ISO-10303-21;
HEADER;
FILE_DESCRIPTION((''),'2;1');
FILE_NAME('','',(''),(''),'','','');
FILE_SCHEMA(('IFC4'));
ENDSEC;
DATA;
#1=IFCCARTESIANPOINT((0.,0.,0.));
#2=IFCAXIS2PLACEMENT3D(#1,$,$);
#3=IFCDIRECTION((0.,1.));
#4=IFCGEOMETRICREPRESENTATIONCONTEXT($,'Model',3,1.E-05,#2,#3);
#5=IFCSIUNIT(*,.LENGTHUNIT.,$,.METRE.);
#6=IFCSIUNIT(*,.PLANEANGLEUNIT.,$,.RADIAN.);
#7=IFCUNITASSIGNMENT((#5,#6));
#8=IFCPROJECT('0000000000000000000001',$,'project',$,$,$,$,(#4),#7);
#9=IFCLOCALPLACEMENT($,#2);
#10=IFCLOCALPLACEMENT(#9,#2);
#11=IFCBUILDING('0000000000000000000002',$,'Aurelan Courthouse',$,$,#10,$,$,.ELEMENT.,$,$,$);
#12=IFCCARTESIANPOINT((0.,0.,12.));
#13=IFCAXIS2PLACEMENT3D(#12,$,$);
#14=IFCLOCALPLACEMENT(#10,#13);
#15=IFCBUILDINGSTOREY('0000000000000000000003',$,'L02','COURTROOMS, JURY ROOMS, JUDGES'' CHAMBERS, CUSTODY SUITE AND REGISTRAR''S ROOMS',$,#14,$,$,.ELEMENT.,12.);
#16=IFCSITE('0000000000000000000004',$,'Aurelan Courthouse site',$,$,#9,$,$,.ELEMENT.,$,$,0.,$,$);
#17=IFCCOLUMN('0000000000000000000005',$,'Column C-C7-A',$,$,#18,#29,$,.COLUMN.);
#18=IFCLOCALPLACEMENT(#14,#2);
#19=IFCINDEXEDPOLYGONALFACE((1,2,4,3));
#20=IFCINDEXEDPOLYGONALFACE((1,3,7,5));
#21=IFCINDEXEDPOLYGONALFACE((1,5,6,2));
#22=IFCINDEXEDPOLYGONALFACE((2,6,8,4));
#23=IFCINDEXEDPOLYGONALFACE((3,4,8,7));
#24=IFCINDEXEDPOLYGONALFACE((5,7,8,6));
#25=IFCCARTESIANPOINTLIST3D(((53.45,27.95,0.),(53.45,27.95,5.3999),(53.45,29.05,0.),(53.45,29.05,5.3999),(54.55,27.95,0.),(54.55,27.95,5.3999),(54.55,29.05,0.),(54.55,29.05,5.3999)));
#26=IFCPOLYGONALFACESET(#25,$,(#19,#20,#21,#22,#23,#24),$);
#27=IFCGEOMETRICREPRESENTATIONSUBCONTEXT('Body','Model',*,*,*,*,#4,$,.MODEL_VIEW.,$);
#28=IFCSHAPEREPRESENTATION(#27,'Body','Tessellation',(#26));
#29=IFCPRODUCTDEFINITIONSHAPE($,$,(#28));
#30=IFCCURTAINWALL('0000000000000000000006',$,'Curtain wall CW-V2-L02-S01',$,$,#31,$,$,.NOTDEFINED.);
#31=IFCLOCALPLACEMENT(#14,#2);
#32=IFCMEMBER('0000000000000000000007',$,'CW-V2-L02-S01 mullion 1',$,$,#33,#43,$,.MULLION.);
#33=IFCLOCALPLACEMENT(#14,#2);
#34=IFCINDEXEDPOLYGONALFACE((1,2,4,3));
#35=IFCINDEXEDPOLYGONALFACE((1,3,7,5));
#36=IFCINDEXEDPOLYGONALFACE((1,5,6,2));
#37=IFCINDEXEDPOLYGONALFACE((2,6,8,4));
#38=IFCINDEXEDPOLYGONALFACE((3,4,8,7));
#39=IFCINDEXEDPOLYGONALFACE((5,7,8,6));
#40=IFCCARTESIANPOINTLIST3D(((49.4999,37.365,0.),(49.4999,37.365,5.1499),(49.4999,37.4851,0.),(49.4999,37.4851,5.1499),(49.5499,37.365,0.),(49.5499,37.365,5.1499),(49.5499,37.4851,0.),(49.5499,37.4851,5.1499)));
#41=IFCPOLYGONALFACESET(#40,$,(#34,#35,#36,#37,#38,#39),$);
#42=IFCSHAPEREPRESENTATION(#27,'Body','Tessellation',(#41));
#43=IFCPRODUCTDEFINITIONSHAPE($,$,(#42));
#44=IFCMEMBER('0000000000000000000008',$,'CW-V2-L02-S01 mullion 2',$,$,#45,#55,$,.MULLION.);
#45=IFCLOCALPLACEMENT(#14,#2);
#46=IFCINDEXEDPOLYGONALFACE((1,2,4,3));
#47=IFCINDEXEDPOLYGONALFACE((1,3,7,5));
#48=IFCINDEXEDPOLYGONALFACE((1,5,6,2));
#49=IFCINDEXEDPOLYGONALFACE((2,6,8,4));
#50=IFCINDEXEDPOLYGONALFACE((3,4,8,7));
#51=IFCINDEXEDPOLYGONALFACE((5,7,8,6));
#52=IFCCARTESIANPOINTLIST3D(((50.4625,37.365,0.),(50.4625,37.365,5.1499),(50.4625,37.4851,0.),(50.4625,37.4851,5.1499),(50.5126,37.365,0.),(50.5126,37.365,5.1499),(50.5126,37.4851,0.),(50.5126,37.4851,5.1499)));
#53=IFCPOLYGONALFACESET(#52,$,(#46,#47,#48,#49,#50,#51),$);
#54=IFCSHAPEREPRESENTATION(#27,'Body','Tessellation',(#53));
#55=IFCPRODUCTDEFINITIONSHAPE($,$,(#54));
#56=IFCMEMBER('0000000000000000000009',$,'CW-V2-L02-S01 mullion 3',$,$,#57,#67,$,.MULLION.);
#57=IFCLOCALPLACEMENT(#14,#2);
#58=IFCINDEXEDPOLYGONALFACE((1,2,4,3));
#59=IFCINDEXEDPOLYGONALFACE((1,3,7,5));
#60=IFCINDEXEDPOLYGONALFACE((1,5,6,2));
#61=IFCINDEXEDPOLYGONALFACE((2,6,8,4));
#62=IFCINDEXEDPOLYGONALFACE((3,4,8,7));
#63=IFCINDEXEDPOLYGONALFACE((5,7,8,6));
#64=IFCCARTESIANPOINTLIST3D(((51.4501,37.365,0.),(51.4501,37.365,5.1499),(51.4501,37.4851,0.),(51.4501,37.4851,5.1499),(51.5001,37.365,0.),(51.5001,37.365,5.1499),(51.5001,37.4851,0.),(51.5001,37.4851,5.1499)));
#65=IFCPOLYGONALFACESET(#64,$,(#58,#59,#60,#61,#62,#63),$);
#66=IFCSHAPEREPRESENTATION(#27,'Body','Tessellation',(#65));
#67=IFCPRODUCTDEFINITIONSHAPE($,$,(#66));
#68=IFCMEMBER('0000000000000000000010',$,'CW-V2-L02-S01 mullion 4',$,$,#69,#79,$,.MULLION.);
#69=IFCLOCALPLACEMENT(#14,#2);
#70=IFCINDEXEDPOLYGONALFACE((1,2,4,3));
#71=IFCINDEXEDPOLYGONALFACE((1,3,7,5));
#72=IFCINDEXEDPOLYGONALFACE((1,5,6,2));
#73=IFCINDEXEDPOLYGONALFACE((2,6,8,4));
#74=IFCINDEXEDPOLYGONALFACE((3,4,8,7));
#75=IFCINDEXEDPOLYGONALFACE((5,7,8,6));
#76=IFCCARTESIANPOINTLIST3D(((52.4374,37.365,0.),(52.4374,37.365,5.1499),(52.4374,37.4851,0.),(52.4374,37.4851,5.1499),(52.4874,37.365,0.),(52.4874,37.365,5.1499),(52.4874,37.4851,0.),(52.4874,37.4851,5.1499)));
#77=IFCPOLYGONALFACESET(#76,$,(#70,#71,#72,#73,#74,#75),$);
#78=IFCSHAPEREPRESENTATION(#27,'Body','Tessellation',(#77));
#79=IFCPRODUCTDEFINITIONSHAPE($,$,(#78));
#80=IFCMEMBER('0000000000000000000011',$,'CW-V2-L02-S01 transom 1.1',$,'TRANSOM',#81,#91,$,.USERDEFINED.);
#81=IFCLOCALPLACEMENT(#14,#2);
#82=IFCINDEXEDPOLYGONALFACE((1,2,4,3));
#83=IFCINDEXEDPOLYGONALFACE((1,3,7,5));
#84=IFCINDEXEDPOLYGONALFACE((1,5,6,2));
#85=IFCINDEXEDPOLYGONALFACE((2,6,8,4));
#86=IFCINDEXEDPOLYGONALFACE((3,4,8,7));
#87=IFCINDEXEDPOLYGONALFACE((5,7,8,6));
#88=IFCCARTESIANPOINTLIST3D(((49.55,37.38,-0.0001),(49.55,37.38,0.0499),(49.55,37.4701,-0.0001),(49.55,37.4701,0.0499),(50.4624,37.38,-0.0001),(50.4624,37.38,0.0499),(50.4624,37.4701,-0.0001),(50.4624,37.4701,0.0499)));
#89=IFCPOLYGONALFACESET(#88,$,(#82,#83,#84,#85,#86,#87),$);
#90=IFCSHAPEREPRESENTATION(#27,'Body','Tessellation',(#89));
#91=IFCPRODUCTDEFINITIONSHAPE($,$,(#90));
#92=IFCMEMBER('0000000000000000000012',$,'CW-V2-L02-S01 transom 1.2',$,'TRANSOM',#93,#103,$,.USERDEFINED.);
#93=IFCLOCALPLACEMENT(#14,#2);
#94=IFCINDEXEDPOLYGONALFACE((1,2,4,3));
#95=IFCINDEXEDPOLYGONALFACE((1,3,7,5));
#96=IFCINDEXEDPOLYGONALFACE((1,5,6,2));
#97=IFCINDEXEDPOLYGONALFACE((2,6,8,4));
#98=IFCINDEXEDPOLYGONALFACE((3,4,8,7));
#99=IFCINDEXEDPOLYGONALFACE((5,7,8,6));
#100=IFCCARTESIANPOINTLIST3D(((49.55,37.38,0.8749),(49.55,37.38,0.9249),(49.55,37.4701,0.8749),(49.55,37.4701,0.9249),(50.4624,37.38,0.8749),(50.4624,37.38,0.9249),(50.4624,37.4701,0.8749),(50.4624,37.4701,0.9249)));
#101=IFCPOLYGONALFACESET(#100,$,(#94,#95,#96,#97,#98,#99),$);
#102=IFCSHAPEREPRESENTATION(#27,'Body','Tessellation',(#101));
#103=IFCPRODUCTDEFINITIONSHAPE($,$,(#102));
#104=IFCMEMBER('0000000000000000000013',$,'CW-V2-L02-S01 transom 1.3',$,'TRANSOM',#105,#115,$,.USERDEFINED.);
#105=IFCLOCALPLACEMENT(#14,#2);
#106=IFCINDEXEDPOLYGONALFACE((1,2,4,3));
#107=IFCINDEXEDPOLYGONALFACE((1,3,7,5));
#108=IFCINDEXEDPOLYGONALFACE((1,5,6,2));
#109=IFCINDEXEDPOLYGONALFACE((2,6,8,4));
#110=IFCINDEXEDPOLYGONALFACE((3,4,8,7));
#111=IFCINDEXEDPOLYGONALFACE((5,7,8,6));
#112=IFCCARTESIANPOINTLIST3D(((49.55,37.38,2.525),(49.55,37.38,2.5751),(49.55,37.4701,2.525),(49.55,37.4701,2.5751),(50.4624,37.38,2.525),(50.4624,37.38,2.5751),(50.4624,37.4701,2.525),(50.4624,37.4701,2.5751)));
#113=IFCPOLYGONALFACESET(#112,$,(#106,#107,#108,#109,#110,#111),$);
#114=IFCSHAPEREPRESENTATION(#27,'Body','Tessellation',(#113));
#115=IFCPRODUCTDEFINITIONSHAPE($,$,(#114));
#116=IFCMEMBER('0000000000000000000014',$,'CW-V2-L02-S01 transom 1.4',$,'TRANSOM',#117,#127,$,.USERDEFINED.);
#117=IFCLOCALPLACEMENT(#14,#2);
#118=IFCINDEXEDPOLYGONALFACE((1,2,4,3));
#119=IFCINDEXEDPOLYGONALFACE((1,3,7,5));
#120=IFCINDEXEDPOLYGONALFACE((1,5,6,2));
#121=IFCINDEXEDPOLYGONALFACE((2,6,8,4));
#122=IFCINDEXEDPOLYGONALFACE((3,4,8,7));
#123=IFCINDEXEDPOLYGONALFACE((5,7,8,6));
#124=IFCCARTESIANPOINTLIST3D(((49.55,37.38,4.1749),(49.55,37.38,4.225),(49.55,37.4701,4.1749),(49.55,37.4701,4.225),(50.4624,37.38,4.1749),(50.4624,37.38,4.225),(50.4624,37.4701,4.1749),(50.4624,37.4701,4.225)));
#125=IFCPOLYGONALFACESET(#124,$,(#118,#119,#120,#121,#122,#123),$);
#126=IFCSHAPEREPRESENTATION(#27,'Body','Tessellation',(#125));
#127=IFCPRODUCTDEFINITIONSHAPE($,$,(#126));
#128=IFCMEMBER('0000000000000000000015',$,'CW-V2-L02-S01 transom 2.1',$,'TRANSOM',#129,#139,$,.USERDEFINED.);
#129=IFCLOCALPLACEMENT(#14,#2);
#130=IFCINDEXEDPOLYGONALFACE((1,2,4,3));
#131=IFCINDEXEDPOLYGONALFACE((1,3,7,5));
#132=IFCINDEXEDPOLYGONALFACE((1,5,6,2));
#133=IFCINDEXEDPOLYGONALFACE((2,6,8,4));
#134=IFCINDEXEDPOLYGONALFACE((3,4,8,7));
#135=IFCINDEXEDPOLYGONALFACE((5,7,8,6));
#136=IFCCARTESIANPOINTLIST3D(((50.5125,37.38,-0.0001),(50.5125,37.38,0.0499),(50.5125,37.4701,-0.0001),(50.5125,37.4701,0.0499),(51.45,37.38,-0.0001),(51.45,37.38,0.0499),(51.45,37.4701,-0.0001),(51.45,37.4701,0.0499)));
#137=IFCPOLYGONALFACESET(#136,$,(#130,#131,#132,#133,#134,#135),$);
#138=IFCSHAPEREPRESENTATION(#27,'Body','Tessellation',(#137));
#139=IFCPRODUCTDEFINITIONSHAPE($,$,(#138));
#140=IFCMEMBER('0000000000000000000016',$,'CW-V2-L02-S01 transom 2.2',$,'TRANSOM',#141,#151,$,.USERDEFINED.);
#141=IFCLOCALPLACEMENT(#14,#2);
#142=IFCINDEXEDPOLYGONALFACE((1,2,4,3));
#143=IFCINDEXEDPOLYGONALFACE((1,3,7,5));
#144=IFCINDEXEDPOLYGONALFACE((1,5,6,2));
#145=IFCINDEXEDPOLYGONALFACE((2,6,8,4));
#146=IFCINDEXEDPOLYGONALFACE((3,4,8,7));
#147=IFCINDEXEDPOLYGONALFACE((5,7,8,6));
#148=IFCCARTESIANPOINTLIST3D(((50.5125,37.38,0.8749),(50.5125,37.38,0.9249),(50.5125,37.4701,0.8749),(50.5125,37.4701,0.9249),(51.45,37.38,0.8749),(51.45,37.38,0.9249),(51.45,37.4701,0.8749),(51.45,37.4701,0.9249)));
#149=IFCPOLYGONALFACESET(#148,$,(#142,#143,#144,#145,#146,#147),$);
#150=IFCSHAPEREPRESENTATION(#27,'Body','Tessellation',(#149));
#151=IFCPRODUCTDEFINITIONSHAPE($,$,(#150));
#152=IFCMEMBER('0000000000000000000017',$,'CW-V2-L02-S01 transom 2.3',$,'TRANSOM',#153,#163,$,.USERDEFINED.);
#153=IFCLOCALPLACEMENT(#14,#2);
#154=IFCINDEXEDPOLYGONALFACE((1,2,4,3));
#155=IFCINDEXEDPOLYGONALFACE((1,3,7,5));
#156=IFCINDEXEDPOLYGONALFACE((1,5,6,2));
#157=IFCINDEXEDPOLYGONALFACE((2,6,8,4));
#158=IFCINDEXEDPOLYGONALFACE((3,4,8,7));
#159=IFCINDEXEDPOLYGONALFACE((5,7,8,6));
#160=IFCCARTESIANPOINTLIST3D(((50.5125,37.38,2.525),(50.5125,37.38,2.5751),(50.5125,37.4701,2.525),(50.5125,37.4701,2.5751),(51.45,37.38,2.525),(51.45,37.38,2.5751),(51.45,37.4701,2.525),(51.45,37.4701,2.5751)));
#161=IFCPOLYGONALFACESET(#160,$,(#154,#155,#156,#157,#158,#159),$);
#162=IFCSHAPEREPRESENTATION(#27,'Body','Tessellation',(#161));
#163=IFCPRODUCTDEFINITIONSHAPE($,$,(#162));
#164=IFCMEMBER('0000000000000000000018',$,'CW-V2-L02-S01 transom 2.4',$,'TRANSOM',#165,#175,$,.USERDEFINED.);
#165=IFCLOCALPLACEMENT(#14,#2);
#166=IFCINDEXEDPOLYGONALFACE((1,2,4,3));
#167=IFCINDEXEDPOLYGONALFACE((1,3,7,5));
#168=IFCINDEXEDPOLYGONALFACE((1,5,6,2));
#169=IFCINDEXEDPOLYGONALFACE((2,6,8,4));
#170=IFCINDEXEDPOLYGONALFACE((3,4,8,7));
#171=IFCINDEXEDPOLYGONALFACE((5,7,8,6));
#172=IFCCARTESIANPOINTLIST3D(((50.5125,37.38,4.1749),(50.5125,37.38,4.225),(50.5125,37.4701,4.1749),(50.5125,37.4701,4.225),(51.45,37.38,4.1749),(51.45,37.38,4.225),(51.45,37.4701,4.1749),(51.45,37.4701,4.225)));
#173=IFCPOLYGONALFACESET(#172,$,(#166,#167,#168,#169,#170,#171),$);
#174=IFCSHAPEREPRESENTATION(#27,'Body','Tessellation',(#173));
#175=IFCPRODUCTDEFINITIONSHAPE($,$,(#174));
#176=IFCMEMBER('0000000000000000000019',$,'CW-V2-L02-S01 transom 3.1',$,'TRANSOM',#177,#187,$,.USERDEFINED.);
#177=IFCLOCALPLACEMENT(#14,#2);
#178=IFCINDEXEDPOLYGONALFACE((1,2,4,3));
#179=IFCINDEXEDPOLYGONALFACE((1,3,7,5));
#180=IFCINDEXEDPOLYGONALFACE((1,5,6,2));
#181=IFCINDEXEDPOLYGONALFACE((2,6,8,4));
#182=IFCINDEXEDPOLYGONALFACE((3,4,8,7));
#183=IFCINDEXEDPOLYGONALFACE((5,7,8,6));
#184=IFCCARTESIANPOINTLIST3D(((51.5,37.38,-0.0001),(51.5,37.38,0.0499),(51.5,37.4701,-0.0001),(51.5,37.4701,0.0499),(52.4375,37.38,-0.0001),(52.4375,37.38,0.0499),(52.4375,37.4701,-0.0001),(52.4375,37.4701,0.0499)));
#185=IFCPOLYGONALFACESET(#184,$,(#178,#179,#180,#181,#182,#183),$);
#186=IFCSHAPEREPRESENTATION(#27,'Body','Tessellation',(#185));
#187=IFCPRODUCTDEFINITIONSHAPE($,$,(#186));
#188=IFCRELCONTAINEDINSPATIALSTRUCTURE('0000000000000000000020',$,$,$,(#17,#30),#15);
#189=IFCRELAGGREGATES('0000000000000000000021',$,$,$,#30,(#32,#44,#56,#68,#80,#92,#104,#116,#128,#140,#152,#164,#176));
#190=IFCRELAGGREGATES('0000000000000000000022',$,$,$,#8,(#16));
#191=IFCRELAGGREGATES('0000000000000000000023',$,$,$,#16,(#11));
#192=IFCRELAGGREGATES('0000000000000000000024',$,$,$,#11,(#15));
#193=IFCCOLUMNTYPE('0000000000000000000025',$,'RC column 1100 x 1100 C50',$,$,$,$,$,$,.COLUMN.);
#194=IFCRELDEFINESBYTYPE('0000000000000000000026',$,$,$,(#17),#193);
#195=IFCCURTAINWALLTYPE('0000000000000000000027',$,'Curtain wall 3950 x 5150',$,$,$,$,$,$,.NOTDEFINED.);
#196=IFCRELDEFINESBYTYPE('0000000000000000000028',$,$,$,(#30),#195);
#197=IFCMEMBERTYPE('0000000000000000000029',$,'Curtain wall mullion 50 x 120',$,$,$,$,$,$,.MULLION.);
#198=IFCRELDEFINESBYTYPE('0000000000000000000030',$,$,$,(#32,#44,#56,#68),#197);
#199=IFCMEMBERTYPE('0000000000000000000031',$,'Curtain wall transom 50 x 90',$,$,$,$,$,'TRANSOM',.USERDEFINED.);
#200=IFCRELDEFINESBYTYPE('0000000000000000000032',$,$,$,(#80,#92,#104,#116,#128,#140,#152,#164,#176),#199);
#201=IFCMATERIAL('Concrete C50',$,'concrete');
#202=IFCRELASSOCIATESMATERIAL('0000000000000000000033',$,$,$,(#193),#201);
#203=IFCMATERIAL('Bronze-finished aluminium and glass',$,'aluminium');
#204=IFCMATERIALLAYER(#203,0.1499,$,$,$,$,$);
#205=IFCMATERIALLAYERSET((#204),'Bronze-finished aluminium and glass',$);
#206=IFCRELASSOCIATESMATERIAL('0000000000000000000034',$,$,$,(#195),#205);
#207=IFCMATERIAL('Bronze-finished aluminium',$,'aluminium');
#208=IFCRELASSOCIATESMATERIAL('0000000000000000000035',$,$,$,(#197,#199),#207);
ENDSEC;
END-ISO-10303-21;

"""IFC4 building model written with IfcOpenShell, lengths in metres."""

from ifc_helpers import new_model, si_unit, direction, frame, origin, origin_2d, place, context, subcontext, project, spatial, rectangle, extrude, material, layer, layer_set, material_profile, profile_set, type_object, element, aggregate, save


model = new_model("IFC4")

# Units and contexts
model_context = context("Model", 3, precision=1e-05, world=origin(), true_north=direction((0.0, 1.0)))
body_context = subcontext(model_context, "Body", "Model", "MODEL_VIEW")
ifc_project = project(units=[si_unit("LENGTHUNIT", "METRE"), si_unit("PLANEANGLEUNIT", "RADIAN")], contexts=[model_context])

# Site, building, storey
site_placement = place(None, origin())
site = spatial("IfcSite", under=ifc_project, at=site_placement, Name="Aurelan Courthouse site", CompositionType="ELEMENT", RefElevation=0.0)
building_placement = place(site_placement, origin())
building = spatial("IfcBuilding", under=site, at=building_placement, Name="Aurelan Courthouse", CompositionType="ELEMENT")
storey_placement = place(building_placement, frame((0.0, 0.0, 12.0)))
storey = spatial("IfcBuildingStorey", under=building, at=storey_placement, Name="L02", Description="COURTROOMS, JURY ROOMS, JUDGES' CHAMBERS, CUSTODY SUITE AND REGISTRAR'S ROOMS", CompositionType="ELEMENT", Elevation=12.0)

# Column
ifc_material_1 = material(Name="Concrete C50", Category="concrete")
ifc_material_profile_1 = material_profile(ifc_material_1, rectangle(XDim=1.1001, YDim=1.1001, at=origin_2d()), Name="RC 1100 x 1100")
ifc_profile_set_1 = profile_set([ifc_material_profile_1], Name="Concrete C50")
column_type = type_object("IfcColumnType", Name="RC column 1100 x 1100 C50", PredefinedType="COLUMN", material=ifc_profile_set_1)
column_placement = place(storey_placement, frame((54.0, 28.5, 0.0), z_axis=(0.0, 0.0, 1.0), x_axis=(1.0, 0.0, 0.0)))
element("IfcColumn", 1, at=column_placement, inside=storey, type_object=column_type, Name="Column C-C7-A", PredefinedType="COLUMN", context=body_context, shape_type="SweptSolid", body=[
    extrude(rectangle(XDim=1.1001, YDim=1.1001, at=origin_2d()), origin(), (0.0, 0.0, 1.0), 5.3999),
])

# Curtain wall, members
ifc_material_2 = material(Name="Bronze-finished aluminium and glass", Category="aluminium")
ifc_layer_1 = layer(ifc_material_2, 0.1499)
ifc_layer_set_1 = layer_set([ifc_layer_1], Name="Bronze-finished aluminium and glass")
curtain_wall_type = type_object("IfcCurtainWallType", Name="Curtain wall 3950 x 5150", PredefinedType="NOTDEFINED", material=ifc_layer_set_1)
curtain_wall_placement = place(storey_placement, origin())
curtain_wall = element("IfcCurtainWall", 2, at=curtain_wall_placement, inside=storey, type_object=curtain_wall_type, Name="Curtain wall CW-V2-L02-S01", PredefinedType="NOTDEFINED")
ifc_material_3 = material(Name="Bronze-finished aluminium", Category="aluminium")
ifc_material_profile_2 = material_profile(ifc_material_3, rectangle(XDim=0.1201, YDim=0.05, at=origin_2d()), Name="Bronze mullion 50 x 120")
ifc_profile_set_2 = profile_set([ifc_material_profile_2], Name="Bronze-finished aluminium")
member_type_1 = type_object("IfcMemberType", Name="Curtain wall mullion 50 x 120", PredefinedType="MULLION", material=ifc_profile_set_2)
member_1_placement = place(storey_placement, frame((49.5249, 37.425, 0.0), z_axis=(0.0, 0.0, 1.0), x_axis=(0.0, 1.0, 0.0)))
member_1 = element("IfcMember", 3, at=member_1_placement, type_object=member_type_1, Name="CW-V2-L02-S01 mullion 1", PredefinedType="MULLION", context=body_context, shape_type="SweptSolid", body=[
    extrude(rectangle(XDim=0.1201, YDim=0.05, at=origin_2d()), origin(), (0.0, 0.0, 1.0), 5.1499),
])
member_2_placement = place(storey_placement, frame((50.4875, 37.425, 0.0), z_axis=(0.0, 0.0, 1.0), x_axis=(0.0, 1.0, 0.0)))
member_2 = element("IfcMember", 4, at=member_2_placement, type_object=member_type_1, Name="CW-V2-L02-S01 mullion 2", PredefinedType="MULLION", context=body_context, shape_type="SweptSolid", body=[
    extrude(rectangle(XDim=0.1201, YDim=0.05, at=origin_2d()), origin(), (0.0, 0.0, 1.0), 5.1499),
])
member_3_placement = place(storey_placement, frame((51.4751, 37.425, 0.0), z_axis=(0.0, 0.0, 1.0), x_axis=(0.0, 1.0, 0.0)))
member_3 = element("IfcMember", 5, at=member_3_placement, type_object=member_type_1, Name="CW-V2-L02-S01 mullion 3", PredefinedType="MULLION", context=body_context, shape_type="SweptSolid", body=[
    extrude(rectangle(XDim=0.1201, YDim=0.05, at=origin_2d()), origin(), (0.0, 0.0, 1.0), 5.1499),
])
member_4_placement = place(storey_placement, frame((52.4624, 37.425, 0.0), z_axis=(0.0, 0.0, 1.0), x_axis=(0.0, 1.0, 0.0)))
member_4 = element("IfcMember", 6, at=member_4_placement, type_object=member_type_1, Name="CW-V2-L02-S01 mullion 4", PredefinedType="MULLION", context=body_context, shape_type="SweptSolid", body=[
    extrude(rectangle(XDim=0.1201, YDim=0.05, at=origin_2d()), origin(), (0.0, 0.0, 1.0), 5.1499),
])
ifc_material_profile_3 = material_profile(ifc_material_3, rectangle(XDim=0.0901, YDim=0.05, at=origin_2d()), Name="Bronze transom 50 x 90")
ifc_profile_set_3 = profile_set([ifc_material_profile_3], Name="Bronze-finished aluminium")
member_type_2 = type_object("IfcMemberType", Name="Curtain wall transom 50 x 90", ElementType="TRANSOM", PredefinedType="USERDEFINED", material=ifc_profile_set_3)
member_5_placement = place(storey_placement, frame((49.55, 37.425, 0.0249), z_axis=(1.0, 0.0, 0.0), x_axis=(0.0, 1.0, 0.0)))
member_5 = element("IfcMember", 7, at=member_5_placement, type_object=member_type_2, Name="CW-V2-L02-S01 transom 1.1", ObjectType="TRANSOM", PredefinedType="USERDEFINED", context=body_context, shape_type="SweptSolid", body=[
    extrude(rectangle(XDim=0.0901, YDim=0.05, at=origin_2d()), origin(), (0.0, 0.0, 1.0), 0.9124),
])
member_6_placement = place(storey_placement, frame((49.55, 37.425, 0.8999), z_axis=(1.0, 0.0, 0.0), x_axis=(0.0, 1.0, 0.0)))
member_6 = element("IfcMember", 8, at=member_6_placement, type_object=member_type_2, Name="CW-V2-L02-S01 transom 1.2", ObjectType="TRANSOM", PredefinedType="USERDEFINED", context=body_context, shape_type="SweptSolid", body=[
    extrude(rectangle(XDim=0.0901, YDim=0.05, at=origin_2d()), origin(), (0.0, 0.0, 1.0), 0.9124),
])
member_7_placement = place(storey_placement, frame((49.55, 37.425, 2.55), z_axis=(1.0, 0.0, 0.0), x_axis=(0.0, 1.0, 0.0)))
member_7 = element("IfcMember", 9, at=member_7_placement, type_object=member_type_2, Name="CW-V2-L02-S01 transom 1.3", ObjectType="TRANSOM", PredefinedType="USERDEFINED", context=body_context, shape_type="SweptSolid", body=[
    extrude(rectangle(XDim=0.0901, YDim=0.05, at=origin_2d()), origin(), (0.0, 0.0, 1.0), 0.9124),
])
member_8_placement = place(storey_placement, frame((49.55, 37.425, 4.2), z_axis=(1.0, 0.0, 0.0), x_axis=(0.0, 1.0, 0.0)))
member_8 = element("IfcMember", 10, at=member_8_placement, type_object=member_type_2, Name="CW-V2-L02-S01 transom 1.4", ObjectType="TRANSOM", PredefinedType="USERDEFINED", context=body_context, shape_type="SweptSolid", body=[
    extrude(rectangle(XDim=0.0901, YDim=0.05, at=origin_2d()), origin(), (0.0, 0.0, 1.0), 0.9124),
])
member_9_placement = place(storey_placement, frame((50.5125, 37.425, 0.0249), z_axis=(1.0, 0.0, 0.0), x_axis=(0.0, 1.0, 0.0)))
member_9 = element("IfcMember", 11, at=member_9_placement, type_object=member_type_2, Name="CW-V2-L02-S01 transom 2.1", ObjectType="TRANSOM", PredefinedType="USERDEFINED", context=body_context, shape_type="SweptSolid", body=[
    extrude(rectangle(XDim=0.0901, YDim=0.05, at=origin_2d()), origin(), (0.0, 0.0, 1.0), 0.9375),
])
member_10_placement = place(storey_placement, frame((50.5125, 37.425, 0.8999), z_axis=(1.0, 0.0, 0.0), x_axis=(0.0, 1.0, 0.0)))
member_10 = element("IfcMember", 12, at=member_10_placement, type_object=member_type_2, Name="CW-V2-L02-S01 transom 2.2", ObjectType="TRANSOM", PredefinedType="USERDEFINED", context=body_context, shape_type="SweptSolid", body=[
    extrude(rectangle(XDim=0.0901, YDim=0.05, at=origin_2d()), origin(), (0.0, 0.0, 1.0), 0.9375),
])
member_11_placement = place(storey_placement, frame((50.5125, 37.425, 2.55), z_axis=(1.0, 0.0, 0.0), x_axis=(0.0, 1.0, 0.0)))
member_11 = element("IfcMember", 13, at=member_11_placement, type_object=member_type_2, Name="CW-V2-L02-S01 transom 2.3", ObjectType="TRANSOM", PredefinedType="USERDEFINED", context=body_context, shape_type="SweptSolid", body=[
    extrude(rectangle(XDim=0.0901, YDim=0.05, at=origin_2d()), origin(), (0.0, 0.0, 1.0), 0.9375),
])
member_12_placement = place(storey_placement, frame((50.5125, 37.425, 4.2), z_axis=(1.0, 0.0, 0.0), x_axis=(0.0, 1.0, 0.0)))
member_12 = element("IfcMember", 14, at=member_12_placement, type_object=member_type_2, Name="CW-V2-L02-S01 transom 2.4", ObjectType="TRANSOM", PredefinedType="USERDEFINED", context=body_context, shape_type="SweptSolid", body=[
    extrude(rectangle(XDim=0.0901, YDim=0.05, at=origin_2d()), origin(), (0.0, 0.0, 1.0), 0.9375),
])
member_13_placement = place(storey_placement, frame((51.5, 37.425, 0.0249), z_axis=(1.0, 0.0, 0.0), x_axis=(0.0, 1.0, 0.0)))
member_13 = element("IfcMember", 15, at=member_13_placement, type_object=member_type_2, Name="CW-V2-L02-S01 transom 3.1", ObjectType="TRANSOM", PredefinedType="USERDEFINED", context=body_context, shape_type="SweptSolid", body=[
    extrude(rectangle(XDim=0.0901, YDim=0.05, at=origin_2d()), origin(), (0.0, 0.0, 1.0), 0.9375),
])

aggregate(curtain_wall, [member_1, member_2, member_3, member_4, member_5, member_6, member_7, member_8, member_9, member_10, member_11, member_12, member_13])

save(model, "model.ifc")
